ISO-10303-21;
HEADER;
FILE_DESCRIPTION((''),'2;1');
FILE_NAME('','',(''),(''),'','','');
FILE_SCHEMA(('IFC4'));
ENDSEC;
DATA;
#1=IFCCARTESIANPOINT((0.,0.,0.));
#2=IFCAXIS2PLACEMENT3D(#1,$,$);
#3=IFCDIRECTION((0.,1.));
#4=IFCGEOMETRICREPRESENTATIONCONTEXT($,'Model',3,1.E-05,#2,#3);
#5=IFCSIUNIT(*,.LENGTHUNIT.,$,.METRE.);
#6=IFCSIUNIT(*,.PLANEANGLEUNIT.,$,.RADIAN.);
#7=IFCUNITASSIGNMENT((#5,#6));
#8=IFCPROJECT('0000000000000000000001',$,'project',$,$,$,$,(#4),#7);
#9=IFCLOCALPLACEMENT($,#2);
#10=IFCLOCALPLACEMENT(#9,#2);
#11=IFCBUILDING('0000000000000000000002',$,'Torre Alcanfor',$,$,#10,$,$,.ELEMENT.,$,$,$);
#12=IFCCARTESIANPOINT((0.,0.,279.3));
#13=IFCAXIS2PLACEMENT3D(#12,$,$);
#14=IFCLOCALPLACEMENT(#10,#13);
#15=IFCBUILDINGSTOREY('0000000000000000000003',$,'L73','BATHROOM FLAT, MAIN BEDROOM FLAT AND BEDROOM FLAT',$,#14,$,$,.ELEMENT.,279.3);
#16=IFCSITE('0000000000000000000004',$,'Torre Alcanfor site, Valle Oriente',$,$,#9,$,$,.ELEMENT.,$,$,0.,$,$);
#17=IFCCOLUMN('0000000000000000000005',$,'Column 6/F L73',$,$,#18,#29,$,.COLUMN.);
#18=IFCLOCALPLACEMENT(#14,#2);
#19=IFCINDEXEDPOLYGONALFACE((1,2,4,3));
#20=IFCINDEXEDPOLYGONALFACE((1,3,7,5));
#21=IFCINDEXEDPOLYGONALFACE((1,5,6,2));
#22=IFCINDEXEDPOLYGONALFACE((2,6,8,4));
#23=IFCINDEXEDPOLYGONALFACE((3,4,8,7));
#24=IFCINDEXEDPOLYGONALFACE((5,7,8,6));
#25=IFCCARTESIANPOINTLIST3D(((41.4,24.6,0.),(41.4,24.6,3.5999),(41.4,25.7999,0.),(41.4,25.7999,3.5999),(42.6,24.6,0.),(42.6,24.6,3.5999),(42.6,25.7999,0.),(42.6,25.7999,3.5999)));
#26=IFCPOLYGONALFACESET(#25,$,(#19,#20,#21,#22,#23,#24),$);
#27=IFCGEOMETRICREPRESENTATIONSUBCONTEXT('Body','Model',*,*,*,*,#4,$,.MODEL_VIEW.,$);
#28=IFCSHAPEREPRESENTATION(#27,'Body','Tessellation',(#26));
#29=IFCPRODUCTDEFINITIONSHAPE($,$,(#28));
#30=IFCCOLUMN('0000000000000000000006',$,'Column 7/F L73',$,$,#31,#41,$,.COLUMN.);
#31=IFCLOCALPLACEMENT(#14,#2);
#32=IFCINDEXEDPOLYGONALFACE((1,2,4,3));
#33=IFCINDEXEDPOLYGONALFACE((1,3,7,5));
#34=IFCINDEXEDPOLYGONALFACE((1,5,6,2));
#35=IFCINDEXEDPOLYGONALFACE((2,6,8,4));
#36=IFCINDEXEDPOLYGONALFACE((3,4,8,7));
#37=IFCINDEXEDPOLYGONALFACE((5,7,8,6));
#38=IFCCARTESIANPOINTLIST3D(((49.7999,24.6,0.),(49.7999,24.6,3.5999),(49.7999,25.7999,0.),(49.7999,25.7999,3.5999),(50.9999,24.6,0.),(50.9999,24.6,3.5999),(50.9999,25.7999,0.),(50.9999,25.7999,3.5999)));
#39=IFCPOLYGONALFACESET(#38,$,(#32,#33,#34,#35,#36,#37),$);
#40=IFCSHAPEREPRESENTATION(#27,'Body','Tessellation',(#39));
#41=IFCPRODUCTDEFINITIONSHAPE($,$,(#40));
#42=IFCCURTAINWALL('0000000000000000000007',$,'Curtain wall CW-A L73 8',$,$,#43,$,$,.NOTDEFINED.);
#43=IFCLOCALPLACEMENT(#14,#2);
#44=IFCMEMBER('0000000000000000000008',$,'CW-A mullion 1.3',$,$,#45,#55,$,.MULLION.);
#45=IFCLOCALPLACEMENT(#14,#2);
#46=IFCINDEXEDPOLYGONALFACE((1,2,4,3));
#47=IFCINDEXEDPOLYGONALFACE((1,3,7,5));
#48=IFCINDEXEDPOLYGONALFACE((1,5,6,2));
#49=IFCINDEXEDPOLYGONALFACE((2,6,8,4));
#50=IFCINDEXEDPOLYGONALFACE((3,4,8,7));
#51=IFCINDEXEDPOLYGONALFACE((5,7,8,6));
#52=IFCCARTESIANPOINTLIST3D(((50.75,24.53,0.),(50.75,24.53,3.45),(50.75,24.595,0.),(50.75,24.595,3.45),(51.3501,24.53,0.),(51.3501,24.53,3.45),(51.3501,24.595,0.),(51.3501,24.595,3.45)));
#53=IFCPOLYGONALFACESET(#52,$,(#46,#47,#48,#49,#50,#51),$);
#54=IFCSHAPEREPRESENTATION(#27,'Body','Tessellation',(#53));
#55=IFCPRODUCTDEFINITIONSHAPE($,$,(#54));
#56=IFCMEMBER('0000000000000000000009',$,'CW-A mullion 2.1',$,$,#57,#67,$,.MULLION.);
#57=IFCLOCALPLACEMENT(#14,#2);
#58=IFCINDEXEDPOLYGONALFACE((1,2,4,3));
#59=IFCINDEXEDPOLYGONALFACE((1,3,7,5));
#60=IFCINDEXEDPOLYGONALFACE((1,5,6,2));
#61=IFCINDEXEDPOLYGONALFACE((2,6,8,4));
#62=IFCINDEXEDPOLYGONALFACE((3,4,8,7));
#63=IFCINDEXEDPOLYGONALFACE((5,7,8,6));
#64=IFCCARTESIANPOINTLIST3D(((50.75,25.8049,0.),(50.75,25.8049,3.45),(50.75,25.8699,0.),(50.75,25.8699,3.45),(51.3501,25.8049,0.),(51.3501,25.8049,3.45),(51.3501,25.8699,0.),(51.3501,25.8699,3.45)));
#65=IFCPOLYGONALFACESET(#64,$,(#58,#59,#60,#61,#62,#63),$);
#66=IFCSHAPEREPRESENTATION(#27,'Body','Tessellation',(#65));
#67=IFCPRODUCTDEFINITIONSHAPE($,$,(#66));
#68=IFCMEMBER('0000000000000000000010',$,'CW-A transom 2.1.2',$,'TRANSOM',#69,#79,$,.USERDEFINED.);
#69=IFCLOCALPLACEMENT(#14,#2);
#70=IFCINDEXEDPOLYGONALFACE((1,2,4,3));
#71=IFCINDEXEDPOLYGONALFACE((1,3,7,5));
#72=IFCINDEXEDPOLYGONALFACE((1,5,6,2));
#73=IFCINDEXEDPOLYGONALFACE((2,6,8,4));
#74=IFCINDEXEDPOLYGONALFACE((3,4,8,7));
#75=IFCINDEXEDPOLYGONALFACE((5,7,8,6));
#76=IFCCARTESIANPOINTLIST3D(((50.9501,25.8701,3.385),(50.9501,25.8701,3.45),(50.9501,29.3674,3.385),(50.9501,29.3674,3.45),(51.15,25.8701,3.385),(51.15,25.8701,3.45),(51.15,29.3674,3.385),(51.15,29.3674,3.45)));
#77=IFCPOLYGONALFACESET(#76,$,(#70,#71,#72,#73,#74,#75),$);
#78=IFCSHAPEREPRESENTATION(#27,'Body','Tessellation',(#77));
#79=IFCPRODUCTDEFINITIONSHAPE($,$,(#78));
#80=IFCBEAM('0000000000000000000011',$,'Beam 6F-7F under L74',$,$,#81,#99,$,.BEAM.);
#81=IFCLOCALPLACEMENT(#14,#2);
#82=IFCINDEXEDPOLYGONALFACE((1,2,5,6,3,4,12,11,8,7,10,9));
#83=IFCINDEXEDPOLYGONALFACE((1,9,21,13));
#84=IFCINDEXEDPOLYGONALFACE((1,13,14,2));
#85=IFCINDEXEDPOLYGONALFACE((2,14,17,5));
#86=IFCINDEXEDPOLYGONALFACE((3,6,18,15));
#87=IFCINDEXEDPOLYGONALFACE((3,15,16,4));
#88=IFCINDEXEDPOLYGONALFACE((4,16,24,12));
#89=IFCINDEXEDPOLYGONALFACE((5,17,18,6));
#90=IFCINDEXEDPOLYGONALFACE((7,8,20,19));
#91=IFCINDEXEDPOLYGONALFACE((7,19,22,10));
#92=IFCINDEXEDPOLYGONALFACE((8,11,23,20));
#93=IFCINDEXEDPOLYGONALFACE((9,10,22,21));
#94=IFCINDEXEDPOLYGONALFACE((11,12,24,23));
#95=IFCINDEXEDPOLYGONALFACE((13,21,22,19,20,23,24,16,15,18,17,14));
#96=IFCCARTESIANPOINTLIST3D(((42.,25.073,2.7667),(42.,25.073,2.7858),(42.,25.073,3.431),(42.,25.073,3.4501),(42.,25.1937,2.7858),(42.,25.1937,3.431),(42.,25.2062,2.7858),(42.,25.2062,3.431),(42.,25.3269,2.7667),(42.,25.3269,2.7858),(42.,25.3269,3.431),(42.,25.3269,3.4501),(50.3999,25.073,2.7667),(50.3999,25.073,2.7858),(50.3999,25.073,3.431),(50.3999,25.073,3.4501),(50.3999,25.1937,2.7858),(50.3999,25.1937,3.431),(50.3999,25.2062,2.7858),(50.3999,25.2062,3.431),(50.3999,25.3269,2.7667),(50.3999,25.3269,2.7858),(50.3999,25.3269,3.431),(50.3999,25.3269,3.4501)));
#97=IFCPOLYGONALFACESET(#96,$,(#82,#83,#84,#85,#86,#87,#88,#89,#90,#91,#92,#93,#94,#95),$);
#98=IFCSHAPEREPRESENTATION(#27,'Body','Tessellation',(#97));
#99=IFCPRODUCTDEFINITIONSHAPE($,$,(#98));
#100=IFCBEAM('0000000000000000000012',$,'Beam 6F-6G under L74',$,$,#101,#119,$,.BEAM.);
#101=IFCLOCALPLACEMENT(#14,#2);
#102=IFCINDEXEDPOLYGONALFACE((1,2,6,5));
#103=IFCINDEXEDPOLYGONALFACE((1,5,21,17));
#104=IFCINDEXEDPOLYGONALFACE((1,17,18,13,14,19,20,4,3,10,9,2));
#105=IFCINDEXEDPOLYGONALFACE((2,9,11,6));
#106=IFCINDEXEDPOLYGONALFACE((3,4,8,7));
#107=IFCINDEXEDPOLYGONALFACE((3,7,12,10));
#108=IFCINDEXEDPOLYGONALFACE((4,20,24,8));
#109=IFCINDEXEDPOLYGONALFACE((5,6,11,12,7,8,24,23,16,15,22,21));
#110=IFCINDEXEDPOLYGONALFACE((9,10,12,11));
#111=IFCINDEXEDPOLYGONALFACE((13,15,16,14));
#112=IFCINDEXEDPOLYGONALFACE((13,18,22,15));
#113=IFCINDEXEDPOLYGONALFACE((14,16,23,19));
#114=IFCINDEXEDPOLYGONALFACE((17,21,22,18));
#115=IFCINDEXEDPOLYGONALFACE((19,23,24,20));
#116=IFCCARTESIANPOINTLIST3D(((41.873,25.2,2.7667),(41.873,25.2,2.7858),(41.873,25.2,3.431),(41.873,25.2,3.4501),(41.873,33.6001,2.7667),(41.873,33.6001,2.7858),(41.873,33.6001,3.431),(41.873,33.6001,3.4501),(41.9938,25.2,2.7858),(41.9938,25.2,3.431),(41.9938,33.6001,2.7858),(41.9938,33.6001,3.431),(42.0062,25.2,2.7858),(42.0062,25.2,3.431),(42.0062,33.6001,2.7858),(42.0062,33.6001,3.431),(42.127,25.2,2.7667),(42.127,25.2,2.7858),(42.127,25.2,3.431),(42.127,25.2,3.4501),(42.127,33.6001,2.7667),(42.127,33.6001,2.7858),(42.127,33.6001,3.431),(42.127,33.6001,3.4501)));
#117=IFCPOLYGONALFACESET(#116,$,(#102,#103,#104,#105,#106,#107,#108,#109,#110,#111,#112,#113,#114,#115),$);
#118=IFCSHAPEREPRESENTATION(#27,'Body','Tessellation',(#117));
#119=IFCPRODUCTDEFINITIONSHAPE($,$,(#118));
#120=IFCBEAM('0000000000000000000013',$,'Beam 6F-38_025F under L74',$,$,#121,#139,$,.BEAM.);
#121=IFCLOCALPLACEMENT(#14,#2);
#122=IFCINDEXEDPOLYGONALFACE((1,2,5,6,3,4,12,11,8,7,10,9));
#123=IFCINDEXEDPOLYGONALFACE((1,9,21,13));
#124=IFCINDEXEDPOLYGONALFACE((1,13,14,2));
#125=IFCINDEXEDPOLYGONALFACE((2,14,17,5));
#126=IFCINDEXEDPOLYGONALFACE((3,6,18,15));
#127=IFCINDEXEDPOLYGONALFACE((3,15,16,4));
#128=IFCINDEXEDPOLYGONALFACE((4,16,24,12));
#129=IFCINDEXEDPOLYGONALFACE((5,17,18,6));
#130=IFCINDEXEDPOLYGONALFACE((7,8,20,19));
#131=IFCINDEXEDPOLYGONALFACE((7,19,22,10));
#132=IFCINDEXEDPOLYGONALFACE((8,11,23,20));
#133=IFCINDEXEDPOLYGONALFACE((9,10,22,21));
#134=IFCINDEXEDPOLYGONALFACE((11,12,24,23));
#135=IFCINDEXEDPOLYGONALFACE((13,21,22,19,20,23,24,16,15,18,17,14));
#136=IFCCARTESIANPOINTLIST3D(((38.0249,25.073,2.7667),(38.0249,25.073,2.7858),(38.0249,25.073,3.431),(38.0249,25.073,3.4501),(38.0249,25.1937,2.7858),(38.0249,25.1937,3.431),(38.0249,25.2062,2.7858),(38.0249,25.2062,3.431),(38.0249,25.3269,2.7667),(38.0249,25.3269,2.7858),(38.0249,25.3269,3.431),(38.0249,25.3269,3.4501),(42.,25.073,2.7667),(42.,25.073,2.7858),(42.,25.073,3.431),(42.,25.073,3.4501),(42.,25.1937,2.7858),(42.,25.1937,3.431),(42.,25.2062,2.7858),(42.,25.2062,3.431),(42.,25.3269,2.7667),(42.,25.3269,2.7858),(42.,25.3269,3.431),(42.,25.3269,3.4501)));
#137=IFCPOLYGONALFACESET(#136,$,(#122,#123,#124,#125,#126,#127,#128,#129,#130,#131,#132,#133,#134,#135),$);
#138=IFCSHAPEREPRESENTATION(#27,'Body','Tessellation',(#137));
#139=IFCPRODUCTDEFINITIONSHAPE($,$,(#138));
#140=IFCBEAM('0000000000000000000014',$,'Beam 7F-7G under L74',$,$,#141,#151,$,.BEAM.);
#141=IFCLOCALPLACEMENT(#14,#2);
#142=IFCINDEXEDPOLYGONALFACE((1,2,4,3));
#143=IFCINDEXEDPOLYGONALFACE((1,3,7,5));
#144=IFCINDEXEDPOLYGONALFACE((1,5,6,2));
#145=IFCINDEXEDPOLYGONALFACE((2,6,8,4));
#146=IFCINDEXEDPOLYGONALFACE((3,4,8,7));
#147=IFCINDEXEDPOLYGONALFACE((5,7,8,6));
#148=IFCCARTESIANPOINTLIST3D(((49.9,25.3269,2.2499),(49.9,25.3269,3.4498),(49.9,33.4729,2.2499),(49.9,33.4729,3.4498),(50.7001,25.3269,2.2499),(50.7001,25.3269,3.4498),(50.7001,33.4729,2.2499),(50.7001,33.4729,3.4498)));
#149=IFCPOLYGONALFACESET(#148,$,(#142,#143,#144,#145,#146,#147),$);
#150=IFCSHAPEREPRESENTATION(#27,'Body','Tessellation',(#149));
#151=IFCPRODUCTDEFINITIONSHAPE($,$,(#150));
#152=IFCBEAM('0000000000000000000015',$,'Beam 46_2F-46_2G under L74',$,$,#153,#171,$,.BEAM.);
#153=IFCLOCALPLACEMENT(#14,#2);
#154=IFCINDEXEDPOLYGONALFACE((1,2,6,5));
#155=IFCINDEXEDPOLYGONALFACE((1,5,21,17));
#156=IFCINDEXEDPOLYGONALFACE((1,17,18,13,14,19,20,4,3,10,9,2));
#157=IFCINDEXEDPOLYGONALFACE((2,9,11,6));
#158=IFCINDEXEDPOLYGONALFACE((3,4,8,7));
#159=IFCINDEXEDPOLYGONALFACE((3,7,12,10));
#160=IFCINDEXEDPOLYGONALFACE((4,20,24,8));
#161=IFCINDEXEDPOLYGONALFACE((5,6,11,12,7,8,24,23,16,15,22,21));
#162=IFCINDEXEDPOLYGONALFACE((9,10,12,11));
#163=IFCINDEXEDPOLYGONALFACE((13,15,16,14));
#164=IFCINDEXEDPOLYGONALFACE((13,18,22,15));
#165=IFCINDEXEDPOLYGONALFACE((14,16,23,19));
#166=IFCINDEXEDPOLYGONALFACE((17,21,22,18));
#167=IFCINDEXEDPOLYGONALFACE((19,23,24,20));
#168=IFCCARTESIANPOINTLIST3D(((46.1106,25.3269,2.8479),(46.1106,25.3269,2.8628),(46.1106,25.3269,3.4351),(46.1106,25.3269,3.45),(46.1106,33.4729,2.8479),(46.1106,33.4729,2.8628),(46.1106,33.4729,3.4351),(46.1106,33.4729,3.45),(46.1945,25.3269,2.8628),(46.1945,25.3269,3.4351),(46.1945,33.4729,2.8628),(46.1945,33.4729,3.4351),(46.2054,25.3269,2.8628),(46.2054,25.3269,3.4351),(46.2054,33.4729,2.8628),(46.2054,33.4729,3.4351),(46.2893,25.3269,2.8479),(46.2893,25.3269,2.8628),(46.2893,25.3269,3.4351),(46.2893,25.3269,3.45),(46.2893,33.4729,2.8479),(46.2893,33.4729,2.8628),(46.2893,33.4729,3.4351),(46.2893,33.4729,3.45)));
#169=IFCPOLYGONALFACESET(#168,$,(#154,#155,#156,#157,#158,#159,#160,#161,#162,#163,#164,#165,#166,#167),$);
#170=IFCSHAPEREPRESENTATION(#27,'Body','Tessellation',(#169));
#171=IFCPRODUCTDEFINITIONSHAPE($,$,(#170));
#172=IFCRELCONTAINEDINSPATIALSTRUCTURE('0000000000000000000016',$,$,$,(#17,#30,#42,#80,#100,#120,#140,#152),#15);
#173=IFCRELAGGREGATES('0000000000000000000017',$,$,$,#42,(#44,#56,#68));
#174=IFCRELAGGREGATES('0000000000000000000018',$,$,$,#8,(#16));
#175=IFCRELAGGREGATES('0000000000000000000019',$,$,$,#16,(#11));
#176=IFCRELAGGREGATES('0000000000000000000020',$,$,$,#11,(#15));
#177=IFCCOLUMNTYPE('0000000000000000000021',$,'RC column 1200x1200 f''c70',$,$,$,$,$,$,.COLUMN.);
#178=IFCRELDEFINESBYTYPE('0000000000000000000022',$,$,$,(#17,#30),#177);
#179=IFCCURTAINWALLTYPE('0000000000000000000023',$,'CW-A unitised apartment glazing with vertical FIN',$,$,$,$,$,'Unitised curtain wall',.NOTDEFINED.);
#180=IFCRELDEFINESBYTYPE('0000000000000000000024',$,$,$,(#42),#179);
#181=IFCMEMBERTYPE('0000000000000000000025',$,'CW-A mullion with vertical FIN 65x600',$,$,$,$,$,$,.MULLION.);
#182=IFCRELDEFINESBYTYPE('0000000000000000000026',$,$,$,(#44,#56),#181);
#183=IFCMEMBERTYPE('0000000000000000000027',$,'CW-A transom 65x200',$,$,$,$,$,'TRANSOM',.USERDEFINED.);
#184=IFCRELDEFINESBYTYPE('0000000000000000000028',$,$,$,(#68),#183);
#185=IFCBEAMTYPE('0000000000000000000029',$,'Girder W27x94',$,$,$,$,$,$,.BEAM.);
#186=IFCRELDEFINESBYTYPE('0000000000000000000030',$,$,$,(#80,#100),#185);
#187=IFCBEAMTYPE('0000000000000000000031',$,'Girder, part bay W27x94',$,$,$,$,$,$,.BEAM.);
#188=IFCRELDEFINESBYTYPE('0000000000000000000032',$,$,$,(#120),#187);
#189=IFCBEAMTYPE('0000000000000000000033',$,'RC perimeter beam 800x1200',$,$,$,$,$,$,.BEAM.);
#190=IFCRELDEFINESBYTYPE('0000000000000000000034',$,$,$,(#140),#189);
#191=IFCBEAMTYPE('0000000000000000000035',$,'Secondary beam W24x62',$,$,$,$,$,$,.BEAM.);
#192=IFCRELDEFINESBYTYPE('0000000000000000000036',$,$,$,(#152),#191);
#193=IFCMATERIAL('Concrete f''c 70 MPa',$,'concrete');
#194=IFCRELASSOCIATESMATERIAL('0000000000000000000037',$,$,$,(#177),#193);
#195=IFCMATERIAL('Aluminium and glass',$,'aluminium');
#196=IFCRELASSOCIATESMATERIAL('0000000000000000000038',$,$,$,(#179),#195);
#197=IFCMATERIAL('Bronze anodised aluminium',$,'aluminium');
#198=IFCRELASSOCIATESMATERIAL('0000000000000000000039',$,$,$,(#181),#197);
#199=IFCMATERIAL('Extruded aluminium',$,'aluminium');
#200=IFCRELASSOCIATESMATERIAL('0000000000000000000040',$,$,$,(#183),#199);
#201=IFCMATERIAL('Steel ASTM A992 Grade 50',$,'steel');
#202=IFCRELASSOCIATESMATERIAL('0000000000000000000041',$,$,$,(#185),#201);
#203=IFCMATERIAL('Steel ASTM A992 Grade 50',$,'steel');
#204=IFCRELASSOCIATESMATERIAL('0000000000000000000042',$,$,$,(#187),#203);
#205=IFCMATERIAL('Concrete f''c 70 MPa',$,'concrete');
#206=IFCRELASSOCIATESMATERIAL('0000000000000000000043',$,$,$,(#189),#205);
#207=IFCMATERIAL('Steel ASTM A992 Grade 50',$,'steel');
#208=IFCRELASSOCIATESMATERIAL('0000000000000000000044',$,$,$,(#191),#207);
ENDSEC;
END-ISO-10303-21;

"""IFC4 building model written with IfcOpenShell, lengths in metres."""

from ifc_helpers import new_model, si_unit, direction, frame, origin, origin_2d, place, context, subcontext, project, spatial, rectangle, i_section, extrude, material, material_profile, profile_set, type_object, element, aggregate, save


model = new_model("IFC4")

# Units and contexts
model_context = context("Model", 3, precision=1e-05, world=origin(), true_north=direction((0.0, 1.0)))
body_context = subcontext(model_context, "Body", "Model", "MODEL_VIEW")
ifc_project = project(units=[si_unit("LENGTHUNIT", "METRE"), si_unit("PLANEANGLEUNIT", "RADIAN")], contexts=[model_context])

# Site, building, storey
site_placement = place(None, origin())
site = spatial("IfcSite", under=ifc_project, at=site_placement, Name="Torre Alcanfor site, Valle Oriente", CompositionType="ELEMENT", RefElevation=0.0)
building_placement = place(site_placement, origin())
building = spatial("IfcBuilding", under=site, at=building_placement, Name="Torre Alcanfor", CompositionType="ELEMENT")
storey_placement = place(building_placement, frame((0.0, 0.0, 279.3)))
storey = spatial("IfcBuildingStorey", under=building, at=storey_placement, Name="L73", Description="BATHROOM FLAT, MAIN BEDROOM FLAT AND BEDROOM FLAT", CompositionType="ELEMENT", Elevation=279.3)

# Columns
ifc_material_1 = material(Name="Concrete f'c 70 MPa", Category="concrete")
ifc_material_profile_1 = material_profile(ifc_material_1, rectangle(XDim=1.2, YDim=1.2, at=origin_2d()), Name="1200x1200")
ifc_profile_set_1 = profile_set([ifc_material_profile_1], Name="Concrete f'c 70 MPa")
column_type = type_object("IfcColumnType", Name="RC column 1200x1200 f'c70", PredefinedType="COLUMN", material=ifc_profile_set_1)
for number, where, z_axis, x_axis, name in (
    (1, (42.0, 25.2, 0.0), (0.0, 0.0, 1.0), (1.0, 0.0, 0.0), "Column 6/F L73"),
    (2, (50.3999, 25.2, 0.0), (0.0, 0.0, 1.0), (1.0, 0.0, 0.0), "Column 7/F L73"),
):
    element("IfcColumn", number, at=place(storey_placement, frame(where, z_axis=z_axis, x_axis=x_axis)), inside=storey, type_object=column_type, Name=name, PredefinedType="COLUMN", context=body_context, shape_type="SweptSolid", body=[
        extrude(rectangle(XDim=1.2, YDim=1.2, at=origin_2d()), origin(), (0.0, 0.0, 1.0), 3.5999),
    ])

# Curtain wall, members
ifc_material_2 = material(Name="Aluminium and glass", Category="aluminium")
curtain_wall_type = type_object("IfcCurtainWallType", Name="CW-A unitised apartment glazing with vertical FIN", ElementType="Unitised curtain wall", PredefinedType="NOTDEFINED", material=ifc_material_2)
curtain_wall_placement = place(storey_placement, origin())
curtain_wall = element("IfcCurtainWall", 3, at=curtain_wall_placement, inside=storey, type_object=curtain_wall_type, Name="Curtain wall CW-A L73 8", PredefinedType="NOTDEFINED")
ifc_material_3 = material(Name="Bronze anodised aluminium", Category="aluminium")
ifc_material_profile_2 = material_profile(ifc_material_3, rectangle(XDim=0.6001, YDim=0.0649, at=origin_2d()), Name="CW-A mullion 65x600")
ifc_profile_set_2 = profile_set([ifc_material_profile_2], Name="Bronze anodised aluminium")
member_type_1 = type_object("IfcMemberType", Name="CW-A mullion with vertical FIN 65x600", PredefinedType="MULLION", material=ifc_profile_set_2)
member_1_placement = place(storey_placement, frame((51.05, 24.5625, 0.0), z_axis=(0.0, 0.0, 1.0), x_axis=(-1.0, 0.0, 0.0)))
member_1 = element("IfcMember", 4, at=member_1_placement, type_object=member_type_1, Name="CW-A mullion 1.3", PredefinedType="MULLION", context=body_context, shape_type="SweptSolid", body=[
    extrude(rectangle(XDim=0.6001, YDim=0.0649, at=origin_2d()), origin(), (0.0, 0.0, 1.0), 3.45),
])
member_2_placement = place(storey_placement, frame((51.05, 25.8374, 0.0), z_axis=(0.0, 0.0, 1.0), x_axis=(-1.0, 0.0, 0.0)))
member_2 = element("IfcMember", 5, at=member_2_placement, type_object=member_type_1, Name="CW-A mullion 2.1", PredefinedType="MULLION", context=body_context, shape_type="SweptSolid", body=[
    extrude(rectangle(XDim=0.6001, YDim=0.0649, at=origin_2d()), origin(), (0.0, 0.0, 1.0), 3.45),
])
ifc_material_4 = material(Name="Extruded aluminium", Category="aluminium")
ifc_material_profile_3 = material_profile(ifc_material_4, rectangle(XDim=0.2, YDim=0.0649, at=origin_2d()), Name="CW-A transom 200x65")
ifc_profile_set_3 = profile_set([ifc_material_profile_3], Name="Extruded aluminium")
member_type_2 = type_object("IfcMemberType", Name="CW-A transom 65x200", ElementType="TRANSOM", PredefinedType="USERDEFINED", material=ifc_profile_set_3)
member_3_placement = place(storey_placement, frame((51.05, 25.8701, 3.4175), z_axis=(0.0, 1.0, 0.0), x_axis=(-1.0, 0.0, 0.0)))
member_3 = element("IfcMember", 6, at=member_3_placement, type_object=member_type_2, Name="CW-A transom 2.1.2", ObjectType="TRANSOM", PredefinedType="USERDEFINED", context=body_context, shape_type="SweptSolid", body=[
    extrude(rectangle(XDim=0.2, YDim=0.0649, at=origin_2d()), origin(), (0.0, 0.0, 1.0), 3.4973),
])

# Beams
ifc_material_5 = material(Name="Steel ASTM A992 Grade 50", Category="steel")
ifc_material_profile_4 = material_profile(ifc_material_5, i_section(OverallWidth=0.2539, OverallDepth=0.6833, WebThickness=0.0125, FlangeThickness=0.019, at=origin_2d()), Name="W27x94")
ifc_profile_set_4 = profile_set([ifc_material_profile_4], Name="Steel ASTM A992 Grade 50")
beam_type_1 = type_object("IfcBeamType", Name="Girder W27x94", PredefinedType="BEAM", material=ifc_profile_set_4)
beam_1_placement = place(storey_placement, frame((42.0, 25.2, 3.1084), z_axis=(1.0, 0.0, 0.0), x_axis=(0.0, 1.0, 0.0)))
element("IfcBeam", 7, at=beam_1_placement, inside=storey, type_object=beam_type_1, Name="Beam 6F-7F under L74", PredefinedType="BEAM", context=body_context, shape_type="SweptSolid", body=[
    extrude(i_section(OverallWidth=0.2539, OverallDepth=0.6833, WebThickness=0.0125, FlangeThickness=0.019, at=origin_2d()), origin(), (0.0, 0.0, 1.0), 8.3999),
])
beam_2_placement = place(storey_placement, frame((42.0, 25.2, 3.1084), z_axis=(0.0, 1.0, 0.0), x_axis=(-1.0, 0.0, 0.0)))
element("IfcBeam", 8, at=beam_2_placement, inside=storey, type_object=beam_type_1, Name="Beam 6F-6G under L74", PredefinedType="BEAM", context=body_context, shape_type="SweptSolid", body=[
    extrude(i_section(OverallWidth=0.2539, OverallDepth=0.6833, WebThickness=0.0125, FlangeThickness=0.019, at=origin_2d()), origin(), (0.0, 0.0, 1.0), 8.4001),
])
ifc_material_6 = material(Name="Steel ASTM A992 Grade 50", Category="steel")
ifc_material_profile_5 = material_profile(ifc_material_6, i_section(OverallWidth=0.2539, OverallDepth=0.6833, WebThickness=0.0125, FlangeThickness=0.019, at=origin_2d()), Name="W27x94")
ifc_profile_set_5 = profile_set([ifc_material_profile_5], Name="Steel ASTM A992 Grade 50")
beam_type_2 = type_object("IfcBeamType", Name="Girder, part bay W27x94", PredefinedType="BEAM", material=ifc_profile_set_5)
beam_3_placement = place(storey_placement, frame((42.0, 25.2, 3.1084), z_axis=(-1.0, 0.0, 0.0), x_axis=(0.0, -1.0, 0.0)))
element("IfcBeam", 9, at=beam_3_placement, inside=storey, type_object=beam_type_2, Name="Beam 6F-38_025F under L74", PredefinedType="BEAM", context=body_context, shape_type="SweptSolid", body=[
    extrude(i_section(OverallWidth=0.2539, OverallDepth=0.6833, WebThickness=0.0125, FlangeThickness=0.019, at=origin_2d()), origin(), (0.0, 0.0, 1.0), 3.9751),
])
ifc_material_7 = material(Name="Concrete f'c 70 MPa", Category="concrete")
ifc_material_profile_6 = material_profile(ifc_material_7, rectangle(XDim=0.8, YDim=1.2, at=origin_2d()), Name="800x1200")
ifc_profile_set_6 = profile_set([ifc_material_profile_6], Name="Concrete f'c 70 MPa")
beam_type_3 = type_object("IfcBeamType", Name="RC perimeter beam 800x1200", PredefinedType="BEAM", material=ifc_profile_set_6)
beam_4_placement = place(storey_placement, frame((50.3, 25.3269, 2.8499), z_axis=(0.0, 1.0, 0.0), x_axis=(-1.0, 0.0, 0.0)))
element("IfcBeam", 10, at=beam_4_placement, inside=storey, type_object=beam_type_3, Name="Beam 7F-7G under L74", PredefinedType="BEAM", context=body_context, shape_type="SweptSolid", body=[
    extrude(rectangle(XDim=0.8, YDim=1.2, at=origin_2d()), origin(), (0.0, 0.0, 1.0), 8.146),
])
ifc_material_8 = material(Name="Steel ASTM A992 Grade 50", Category="steel")
ifc_material_profile_7 = material_profile(ifc_material_8, i_section(OverallWidth=0.1787, OverallDepth=0.6021, WebThickness=0.011, FlangeThickness=0.0149, at=origin_2d()), Name="W24x62")
ifc_profile_set_7 = profile_set([ifc_material_profile_7], Name="Steel ASTM A992 Grade 50")
beam_type_4 = type_object("IfcBeamType", Name="Secondary beam W24x62", PredefinedType="BEAM", material=ifc_profile_set_7)
beam_5_placement = place(storey_placement, frame((46.2, 25.3269, 3.1489), z_axis=(0.0, 1.0, 0.0), x_axis=(-1.0, 0.0, 0.0)))
element("IfcBeam", 11, at=beam_5_placement, inside=storey, type_object=beam_type_4, Name="Beam 46_2F-46_2G under L74", PredefinedType="BEAM", context=body_context, shape_type="SweptSolid", body=[
    extrude(i_section(OverallWidth=0.1787, OverallDepth=0.6021, WebThickness=0.011, FlangeThickness=0.0149, at=origin_2d()), origin(), (0.0, 0.0, 1.0), 8.146),
])

aggregate(curtain_wall, [member_1, member_2, member_3])

save(model, "model.ifc")
